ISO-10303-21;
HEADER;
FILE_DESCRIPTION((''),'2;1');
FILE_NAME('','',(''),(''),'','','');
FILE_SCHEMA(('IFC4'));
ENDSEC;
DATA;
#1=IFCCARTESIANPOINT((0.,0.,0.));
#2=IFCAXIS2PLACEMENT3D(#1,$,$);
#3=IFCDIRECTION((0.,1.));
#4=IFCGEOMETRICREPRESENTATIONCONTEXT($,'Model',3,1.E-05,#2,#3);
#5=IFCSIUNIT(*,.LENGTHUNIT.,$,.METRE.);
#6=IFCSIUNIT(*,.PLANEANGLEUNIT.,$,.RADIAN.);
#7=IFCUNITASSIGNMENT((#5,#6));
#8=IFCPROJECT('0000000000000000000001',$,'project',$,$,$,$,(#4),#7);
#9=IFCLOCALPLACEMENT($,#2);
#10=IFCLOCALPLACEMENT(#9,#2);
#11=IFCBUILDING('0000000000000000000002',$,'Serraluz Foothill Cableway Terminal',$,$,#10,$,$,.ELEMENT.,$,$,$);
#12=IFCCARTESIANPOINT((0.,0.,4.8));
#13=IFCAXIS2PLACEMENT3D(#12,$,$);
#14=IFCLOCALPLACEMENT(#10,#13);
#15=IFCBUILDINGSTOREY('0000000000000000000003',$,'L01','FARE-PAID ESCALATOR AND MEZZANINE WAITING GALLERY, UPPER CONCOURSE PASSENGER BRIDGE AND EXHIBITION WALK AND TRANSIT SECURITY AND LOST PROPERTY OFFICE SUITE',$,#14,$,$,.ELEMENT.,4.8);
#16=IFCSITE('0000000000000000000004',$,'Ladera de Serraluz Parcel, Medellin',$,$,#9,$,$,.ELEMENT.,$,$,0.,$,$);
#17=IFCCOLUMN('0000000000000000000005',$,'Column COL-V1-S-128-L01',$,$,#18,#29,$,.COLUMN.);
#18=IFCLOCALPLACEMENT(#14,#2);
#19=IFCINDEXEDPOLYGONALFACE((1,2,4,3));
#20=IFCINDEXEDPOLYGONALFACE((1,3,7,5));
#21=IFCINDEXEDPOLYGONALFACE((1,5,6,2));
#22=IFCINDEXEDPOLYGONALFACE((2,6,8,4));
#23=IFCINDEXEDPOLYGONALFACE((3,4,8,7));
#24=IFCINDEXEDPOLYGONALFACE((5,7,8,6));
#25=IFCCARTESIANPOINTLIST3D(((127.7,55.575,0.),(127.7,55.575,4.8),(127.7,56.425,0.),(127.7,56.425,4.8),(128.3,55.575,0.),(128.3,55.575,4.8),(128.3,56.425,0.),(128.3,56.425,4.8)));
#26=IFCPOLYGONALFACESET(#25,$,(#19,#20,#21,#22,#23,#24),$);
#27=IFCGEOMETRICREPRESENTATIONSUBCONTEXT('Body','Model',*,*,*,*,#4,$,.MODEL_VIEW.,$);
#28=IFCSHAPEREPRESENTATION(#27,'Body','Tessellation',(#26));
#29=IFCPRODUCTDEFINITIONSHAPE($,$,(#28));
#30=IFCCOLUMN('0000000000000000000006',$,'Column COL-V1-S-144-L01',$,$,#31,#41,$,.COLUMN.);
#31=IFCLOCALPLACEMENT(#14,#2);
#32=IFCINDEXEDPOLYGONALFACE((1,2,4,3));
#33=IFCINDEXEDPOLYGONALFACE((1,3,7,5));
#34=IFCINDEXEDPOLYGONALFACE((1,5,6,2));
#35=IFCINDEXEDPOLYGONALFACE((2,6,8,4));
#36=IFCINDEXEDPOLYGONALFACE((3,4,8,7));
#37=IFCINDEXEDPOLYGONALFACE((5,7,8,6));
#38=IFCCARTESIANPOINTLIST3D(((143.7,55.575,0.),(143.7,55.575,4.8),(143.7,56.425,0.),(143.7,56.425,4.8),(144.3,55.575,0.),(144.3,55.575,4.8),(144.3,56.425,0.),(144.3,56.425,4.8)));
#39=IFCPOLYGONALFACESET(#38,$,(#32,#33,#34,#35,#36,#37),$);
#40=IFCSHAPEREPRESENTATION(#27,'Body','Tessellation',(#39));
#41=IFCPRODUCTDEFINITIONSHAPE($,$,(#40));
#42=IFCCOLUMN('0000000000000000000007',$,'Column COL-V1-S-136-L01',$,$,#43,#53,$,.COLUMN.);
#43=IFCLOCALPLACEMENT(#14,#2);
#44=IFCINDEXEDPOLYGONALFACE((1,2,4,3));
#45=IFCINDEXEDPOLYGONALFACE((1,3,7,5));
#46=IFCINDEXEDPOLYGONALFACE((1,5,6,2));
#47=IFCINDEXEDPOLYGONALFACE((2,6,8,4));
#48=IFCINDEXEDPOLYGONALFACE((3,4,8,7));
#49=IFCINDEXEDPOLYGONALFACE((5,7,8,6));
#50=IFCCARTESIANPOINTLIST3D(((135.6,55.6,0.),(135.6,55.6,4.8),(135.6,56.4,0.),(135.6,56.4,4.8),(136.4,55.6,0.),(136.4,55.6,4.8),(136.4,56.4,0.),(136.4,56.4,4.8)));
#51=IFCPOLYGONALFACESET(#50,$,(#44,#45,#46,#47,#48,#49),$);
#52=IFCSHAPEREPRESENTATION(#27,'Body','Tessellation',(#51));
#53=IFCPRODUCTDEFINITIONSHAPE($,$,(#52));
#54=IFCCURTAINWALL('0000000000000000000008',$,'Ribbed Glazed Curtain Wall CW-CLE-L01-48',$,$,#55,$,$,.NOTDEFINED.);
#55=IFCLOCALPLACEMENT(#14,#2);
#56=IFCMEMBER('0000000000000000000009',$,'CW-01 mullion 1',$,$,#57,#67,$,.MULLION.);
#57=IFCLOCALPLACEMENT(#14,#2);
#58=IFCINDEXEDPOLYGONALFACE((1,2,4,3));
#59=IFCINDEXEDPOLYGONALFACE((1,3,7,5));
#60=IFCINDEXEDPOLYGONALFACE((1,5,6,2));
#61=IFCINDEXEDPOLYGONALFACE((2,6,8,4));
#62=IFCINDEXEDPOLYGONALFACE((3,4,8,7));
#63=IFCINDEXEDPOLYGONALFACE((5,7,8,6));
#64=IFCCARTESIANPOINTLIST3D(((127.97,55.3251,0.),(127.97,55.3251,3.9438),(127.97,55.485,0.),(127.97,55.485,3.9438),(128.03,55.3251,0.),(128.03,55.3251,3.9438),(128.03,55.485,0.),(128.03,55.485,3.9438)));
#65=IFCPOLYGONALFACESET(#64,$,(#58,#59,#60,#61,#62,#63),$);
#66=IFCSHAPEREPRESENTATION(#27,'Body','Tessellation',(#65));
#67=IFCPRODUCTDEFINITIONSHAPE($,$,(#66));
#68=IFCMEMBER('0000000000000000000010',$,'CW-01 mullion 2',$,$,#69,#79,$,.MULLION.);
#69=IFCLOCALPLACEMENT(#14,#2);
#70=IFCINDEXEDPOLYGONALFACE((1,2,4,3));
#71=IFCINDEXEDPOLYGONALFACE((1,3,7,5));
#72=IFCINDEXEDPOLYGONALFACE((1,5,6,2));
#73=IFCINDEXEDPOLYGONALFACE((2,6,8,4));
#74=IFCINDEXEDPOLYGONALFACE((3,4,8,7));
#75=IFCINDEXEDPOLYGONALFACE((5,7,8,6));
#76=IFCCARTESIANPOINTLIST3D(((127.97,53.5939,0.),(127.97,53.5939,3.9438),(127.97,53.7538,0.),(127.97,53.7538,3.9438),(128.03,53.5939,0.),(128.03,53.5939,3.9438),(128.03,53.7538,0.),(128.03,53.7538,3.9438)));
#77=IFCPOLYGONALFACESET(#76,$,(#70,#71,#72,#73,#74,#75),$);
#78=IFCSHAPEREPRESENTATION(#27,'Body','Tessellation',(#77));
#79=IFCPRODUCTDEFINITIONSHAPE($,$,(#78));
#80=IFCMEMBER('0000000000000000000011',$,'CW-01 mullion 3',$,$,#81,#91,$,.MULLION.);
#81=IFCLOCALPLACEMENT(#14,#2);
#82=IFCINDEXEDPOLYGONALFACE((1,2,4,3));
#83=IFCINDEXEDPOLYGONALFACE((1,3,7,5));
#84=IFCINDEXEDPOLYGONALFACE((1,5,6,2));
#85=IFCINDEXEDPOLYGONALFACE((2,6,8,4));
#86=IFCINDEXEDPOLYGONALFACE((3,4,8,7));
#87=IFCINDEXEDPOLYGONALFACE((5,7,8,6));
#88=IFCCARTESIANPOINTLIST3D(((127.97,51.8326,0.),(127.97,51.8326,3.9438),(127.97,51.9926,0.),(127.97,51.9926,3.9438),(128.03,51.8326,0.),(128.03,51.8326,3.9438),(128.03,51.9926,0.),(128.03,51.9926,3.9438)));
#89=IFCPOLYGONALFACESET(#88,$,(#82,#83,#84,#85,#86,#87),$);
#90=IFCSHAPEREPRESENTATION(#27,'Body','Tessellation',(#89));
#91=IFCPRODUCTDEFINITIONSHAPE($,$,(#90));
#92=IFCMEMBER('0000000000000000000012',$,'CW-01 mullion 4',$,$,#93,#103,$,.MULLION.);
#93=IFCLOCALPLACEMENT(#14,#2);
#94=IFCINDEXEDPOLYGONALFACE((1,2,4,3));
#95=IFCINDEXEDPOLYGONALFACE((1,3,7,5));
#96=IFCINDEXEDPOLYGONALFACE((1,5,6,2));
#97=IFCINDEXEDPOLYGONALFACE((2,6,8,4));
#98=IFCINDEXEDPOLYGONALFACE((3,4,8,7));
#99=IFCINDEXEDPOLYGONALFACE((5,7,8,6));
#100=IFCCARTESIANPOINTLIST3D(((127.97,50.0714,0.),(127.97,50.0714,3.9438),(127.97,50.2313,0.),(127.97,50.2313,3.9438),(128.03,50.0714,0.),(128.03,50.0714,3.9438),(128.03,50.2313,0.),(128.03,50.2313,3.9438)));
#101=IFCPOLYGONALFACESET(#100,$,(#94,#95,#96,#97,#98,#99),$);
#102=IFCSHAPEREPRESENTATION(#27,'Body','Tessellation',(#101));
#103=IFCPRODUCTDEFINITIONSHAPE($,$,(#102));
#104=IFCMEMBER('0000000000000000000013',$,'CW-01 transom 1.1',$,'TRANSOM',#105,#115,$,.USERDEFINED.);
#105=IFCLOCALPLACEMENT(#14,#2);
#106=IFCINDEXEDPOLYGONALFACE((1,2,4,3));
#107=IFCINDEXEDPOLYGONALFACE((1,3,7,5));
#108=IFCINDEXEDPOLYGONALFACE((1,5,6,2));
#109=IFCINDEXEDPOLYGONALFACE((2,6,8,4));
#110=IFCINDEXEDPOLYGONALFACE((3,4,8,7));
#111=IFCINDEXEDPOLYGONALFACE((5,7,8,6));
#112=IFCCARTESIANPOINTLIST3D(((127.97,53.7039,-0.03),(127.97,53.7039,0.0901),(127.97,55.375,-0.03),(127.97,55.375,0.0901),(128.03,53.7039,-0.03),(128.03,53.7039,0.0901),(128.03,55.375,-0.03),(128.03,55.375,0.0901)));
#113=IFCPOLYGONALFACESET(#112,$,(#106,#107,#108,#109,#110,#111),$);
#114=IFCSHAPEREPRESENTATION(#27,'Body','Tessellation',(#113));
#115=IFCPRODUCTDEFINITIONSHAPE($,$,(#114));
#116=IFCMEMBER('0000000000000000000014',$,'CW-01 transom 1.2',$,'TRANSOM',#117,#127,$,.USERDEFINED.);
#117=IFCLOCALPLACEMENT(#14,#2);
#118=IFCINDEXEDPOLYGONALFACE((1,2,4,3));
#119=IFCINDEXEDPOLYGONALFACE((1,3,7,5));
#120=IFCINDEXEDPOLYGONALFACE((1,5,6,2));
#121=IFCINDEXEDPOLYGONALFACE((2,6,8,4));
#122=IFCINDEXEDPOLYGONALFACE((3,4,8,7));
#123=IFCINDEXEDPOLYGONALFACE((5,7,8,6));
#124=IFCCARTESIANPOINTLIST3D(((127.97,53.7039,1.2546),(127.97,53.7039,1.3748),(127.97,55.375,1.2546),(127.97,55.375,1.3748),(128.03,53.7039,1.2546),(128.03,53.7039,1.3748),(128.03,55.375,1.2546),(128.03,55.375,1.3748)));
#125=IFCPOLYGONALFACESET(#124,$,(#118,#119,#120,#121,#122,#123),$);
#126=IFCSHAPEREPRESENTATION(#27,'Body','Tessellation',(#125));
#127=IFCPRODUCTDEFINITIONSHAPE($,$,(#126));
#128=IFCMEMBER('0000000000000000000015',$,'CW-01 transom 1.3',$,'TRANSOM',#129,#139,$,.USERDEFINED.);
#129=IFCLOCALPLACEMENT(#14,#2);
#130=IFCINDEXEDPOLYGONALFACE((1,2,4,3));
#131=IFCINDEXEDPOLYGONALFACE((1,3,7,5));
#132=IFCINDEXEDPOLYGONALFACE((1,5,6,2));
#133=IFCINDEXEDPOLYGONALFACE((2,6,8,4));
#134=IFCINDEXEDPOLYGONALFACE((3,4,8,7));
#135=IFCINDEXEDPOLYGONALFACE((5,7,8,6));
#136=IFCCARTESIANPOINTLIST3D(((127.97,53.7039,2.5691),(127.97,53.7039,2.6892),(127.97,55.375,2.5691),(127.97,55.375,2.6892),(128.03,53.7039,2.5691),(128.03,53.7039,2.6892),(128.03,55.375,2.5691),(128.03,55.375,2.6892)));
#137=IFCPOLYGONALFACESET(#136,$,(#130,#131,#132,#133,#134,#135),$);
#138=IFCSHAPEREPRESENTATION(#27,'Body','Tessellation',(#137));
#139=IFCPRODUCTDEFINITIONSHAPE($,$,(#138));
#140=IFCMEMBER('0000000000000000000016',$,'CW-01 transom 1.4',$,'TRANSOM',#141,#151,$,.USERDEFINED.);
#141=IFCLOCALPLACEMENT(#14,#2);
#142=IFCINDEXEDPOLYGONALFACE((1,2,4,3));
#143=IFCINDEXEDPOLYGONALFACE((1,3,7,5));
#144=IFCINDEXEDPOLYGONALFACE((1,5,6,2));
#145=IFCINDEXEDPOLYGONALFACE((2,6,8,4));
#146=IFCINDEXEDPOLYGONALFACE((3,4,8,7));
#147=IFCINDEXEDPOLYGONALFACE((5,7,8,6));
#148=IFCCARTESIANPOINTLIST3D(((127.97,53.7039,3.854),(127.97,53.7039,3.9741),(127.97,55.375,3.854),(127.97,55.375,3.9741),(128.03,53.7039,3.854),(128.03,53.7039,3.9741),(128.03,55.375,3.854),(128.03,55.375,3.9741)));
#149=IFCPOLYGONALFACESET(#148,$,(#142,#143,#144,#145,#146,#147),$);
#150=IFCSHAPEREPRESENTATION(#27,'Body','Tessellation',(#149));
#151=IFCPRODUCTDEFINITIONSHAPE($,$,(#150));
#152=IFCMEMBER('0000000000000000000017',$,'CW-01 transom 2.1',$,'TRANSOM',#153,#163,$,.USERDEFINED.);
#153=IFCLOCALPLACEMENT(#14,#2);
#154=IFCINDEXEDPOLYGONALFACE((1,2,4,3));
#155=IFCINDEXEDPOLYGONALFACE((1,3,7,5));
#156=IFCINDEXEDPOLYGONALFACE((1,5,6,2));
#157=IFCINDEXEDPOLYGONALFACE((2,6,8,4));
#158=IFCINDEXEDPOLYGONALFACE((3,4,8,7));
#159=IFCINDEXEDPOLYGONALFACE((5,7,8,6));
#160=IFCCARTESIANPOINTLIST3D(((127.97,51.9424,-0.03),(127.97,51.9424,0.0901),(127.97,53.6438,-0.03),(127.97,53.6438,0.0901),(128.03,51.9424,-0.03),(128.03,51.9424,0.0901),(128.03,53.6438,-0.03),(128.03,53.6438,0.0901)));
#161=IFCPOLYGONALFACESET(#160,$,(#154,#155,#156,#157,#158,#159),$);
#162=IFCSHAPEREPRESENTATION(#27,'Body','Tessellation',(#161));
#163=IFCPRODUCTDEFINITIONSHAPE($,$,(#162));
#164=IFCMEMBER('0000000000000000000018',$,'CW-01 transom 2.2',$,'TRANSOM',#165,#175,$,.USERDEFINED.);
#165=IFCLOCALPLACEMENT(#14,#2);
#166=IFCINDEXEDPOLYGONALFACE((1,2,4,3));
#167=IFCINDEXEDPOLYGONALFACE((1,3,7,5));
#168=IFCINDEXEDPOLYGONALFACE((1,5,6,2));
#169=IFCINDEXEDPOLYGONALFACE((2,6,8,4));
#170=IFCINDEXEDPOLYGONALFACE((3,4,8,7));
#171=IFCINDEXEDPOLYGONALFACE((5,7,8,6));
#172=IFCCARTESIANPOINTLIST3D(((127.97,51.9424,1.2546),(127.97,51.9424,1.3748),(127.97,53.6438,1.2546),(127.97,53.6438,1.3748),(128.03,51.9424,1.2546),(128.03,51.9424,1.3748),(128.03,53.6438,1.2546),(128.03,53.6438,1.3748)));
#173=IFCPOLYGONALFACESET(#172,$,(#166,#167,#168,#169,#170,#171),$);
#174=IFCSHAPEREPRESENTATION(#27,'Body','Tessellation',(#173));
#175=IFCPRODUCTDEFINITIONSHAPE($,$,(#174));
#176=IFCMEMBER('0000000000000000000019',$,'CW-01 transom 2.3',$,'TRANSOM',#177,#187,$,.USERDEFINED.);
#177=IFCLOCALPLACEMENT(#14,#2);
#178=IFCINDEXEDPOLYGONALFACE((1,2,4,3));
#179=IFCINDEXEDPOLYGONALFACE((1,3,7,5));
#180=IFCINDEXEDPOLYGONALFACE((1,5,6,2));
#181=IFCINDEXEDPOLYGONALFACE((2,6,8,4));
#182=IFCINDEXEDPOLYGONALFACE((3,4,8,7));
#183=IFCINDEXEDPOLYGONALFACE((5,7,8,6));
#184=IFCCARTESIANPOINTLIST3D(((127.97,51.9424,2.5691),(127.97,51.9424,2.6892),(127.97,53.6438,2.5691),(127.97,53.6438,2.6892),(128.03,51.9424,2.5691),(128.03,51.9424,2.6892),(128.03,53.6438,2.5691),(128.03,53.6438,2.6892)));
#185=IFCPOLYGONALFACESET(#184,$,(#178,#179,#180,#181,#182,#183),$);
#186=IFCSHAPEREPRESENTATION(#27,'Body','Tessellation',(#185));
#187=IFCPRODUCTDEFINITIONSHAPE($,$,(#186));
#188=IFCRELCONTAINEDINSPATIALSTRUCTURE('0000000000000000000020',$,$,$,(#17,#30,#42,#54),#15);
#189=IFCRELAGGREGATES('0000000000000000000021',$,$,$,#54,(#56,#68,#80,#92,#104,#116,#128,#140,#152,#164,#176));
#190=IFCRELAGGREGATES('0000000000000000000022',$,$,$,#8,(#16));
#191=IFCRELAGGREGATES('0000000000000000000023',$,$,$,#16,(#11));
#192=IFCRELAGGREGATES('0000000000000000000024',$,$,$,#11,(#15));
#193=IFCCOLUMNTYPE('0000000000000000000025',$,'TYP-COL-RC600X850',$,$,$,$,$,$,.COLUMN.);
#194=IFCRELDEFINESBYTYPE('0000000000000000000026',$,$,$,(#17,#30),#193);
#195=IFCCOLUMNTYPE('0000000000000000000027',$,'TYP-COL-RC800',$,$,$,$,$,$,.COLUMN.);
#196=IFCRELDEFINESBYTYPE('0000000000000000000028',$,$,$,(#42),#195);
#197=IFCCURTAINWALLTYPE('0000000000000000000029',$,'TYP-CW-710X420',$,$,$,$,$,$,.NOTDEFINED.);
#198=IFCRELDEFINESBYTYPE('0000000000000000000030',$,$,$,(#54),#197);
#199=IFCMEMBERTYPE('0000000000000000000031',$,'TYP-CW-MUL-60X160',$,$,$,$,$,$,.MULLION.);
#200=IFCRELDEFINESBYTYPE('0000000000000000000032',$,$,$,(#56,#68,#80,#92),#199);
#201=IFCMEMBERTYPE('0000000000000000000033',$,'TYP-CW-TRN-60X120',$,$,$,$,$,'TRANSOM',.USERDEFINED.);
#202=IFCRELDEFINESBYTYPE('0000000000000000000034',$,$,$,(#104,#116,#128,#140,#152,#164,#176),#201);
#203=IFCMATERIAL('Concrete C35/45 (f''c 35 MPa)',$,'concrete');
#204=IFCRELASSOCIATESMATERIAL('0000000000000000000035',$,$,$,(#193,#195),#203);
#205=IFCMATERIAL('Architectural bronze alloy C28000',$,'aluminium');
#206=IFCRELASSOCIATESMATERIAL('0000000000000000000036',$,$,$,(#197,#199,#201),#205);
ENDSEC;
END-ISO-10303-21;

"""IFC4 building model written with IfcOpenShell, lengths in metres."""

from ifc_helpers import new_model, si_unit, direction, frame, origin, origin_2d, place, context, subcontext, project, spatial, rectangle, extrude, material, material_profile, profile_set, type_object, element, aggregate, save


model = new_model("IFC4")

# Units and contexts
model_context = context("Model", 3, precision=1e-05, world=origin(), true_north=direction((0.0, 1.0)))
body_context = subcontext(model_context, "Body", "Model", "MODEL_VIEW")
ifc_project = project(units=[si_unit("LENGTHUNIT", "METRE"), si_unit("PLANEANGLEUNIT", "RADIAN")], contexts=[model_context])

# Site, building, storey
site_placement = place(None, origin())
site = spatial("IfcSite", under=ifc_project, at=site_placement, Name="Ladera de Serraluz Parcel, Medellin", CompositionType="ELEMENT", RefElevation=0.0)
building_placement = place(site_placement, origin())
building = spatial("IfcBuilding", under=site, at=building_placement, Name="Serraluz Foothill Cableway Terminal", CompositionType="ELEMENT")
storey_placement = place(building_placement, frame((0.0, 0.0, 4.8)))
storey = spatial("IfcBuildingStorey", under=building, at=storey_placement, Name="L01", Description="FARE-PAID ESCALATOR AND MEZZANINE WAITING GALLERY, UPPER CONCOURSE PASSENGER BRIDGE AND EXHIBITION WALK AND TRANSIT SECURITY AND LOST PROPERTY OFFICE SUITE", CompositionType="ELEMENT", Elevation=4.8)

# Columns
ifc_material_1 = material(Name="Concrete C35/45 (f'c 35 MPa)", Category="concrete")
ifc_material_profile_1 = material_profile(ifc_material_1, rectangle(XDim=0.6001, YDim=0.8501, at=origin_2d()), Name="RC 600x850")
ifc_profile_set_1 = profile_set([ifc_material_profile_1], Name="Concrete C35/45 (f'c 35 MPa)")
column_type_1 = type_object("IfcColumnType", Name="TYP-COL-RC600X850", PredefinedType="COLUMN", material=ifc_profile_set_1)
for number, where, z_axis, x_axis, name in (
    (1, (128.0, 56.0, 0.0), (0.0, 0.0, 1.0), (1.0, 0.0, 0.0), "Column COL-V1-S-128-L01"),
    (2, (144.0, 56.0, 0.0), (0.0, 0.0, 1.0), (1.0, 0.0, 0.0), "Column COL-V1-S-144-L01"),
):
    element("IfcColumn", number, at=place(storey_placement, frame(where, z_axis=z_axis, x_axis=x_axis)), inside=storey, type_object=column_type_1, Name=name, PredefinedType="COLUMN", context=body_context, shape_type="SweptSolid", body=[
        extrude(rectangle(XDim=0.6001, YDim=0.8501, at=origin_2d()), origin(), (0.0, 0.0, 1.0), 4.8),
    ])
ifc_material_profile_2 = material_profile(ifc_material_1, rectangle(XDim=0.8, YDim=0.8, at=origin_2d()), Name="RC 800x800")
ifc_profile_set_2 = profile_set([ifc_material_profile_2], Name="Concrete C35/45 (f'c 35 MPa)")
column_type_2 = type_object("IfcColumnType", Name="TYP-COL-RC800", PredefinedType="COLUMN", material=ifc_profile_set_2)
column_placement = place(storey_placement, frame((136.0, 56.0, 0.0), z_axis=(0.0, 0.0, 1.0), x_axis=(1.0, 0.0, 0.0)))
element("IfcColumn", 3, at=column_placement, inside=storey, type_object=column_type_2, Name="Column COL-V1-S-136-L01", PredefinedType="COLUMN", context=body_context, shape_type="SweptSolid", body=[
    extrude(rectangle(XDim=0.8, YDim=0.8, at=origin_2d()), origin(), (0.0, 0.0, 1.0), 4.8),
])

# Curtain wall, members
ifc_material_2 = material(Name="Architectural bronze alloy C28000", Category="aluminium")
curtain_wall_type = type_object("IfcCurtainWallType", Name="TYP-CW-710X420", PredefinedType="NOTDEFINED", material=ifc_material_2)
curtain_wall_placement = place(storey_placement, origin())
curtain_wall = element("IfcCurtainWall", 4, at=curtain_wall_placement, inside=storey, type_object=curtain_wall_type, Name="Ribbed Glazed Curtain Wall CW-CLE-L01-48", PredefinedType="NOTDEFINED")
ifc_material_profile_3 = material_profile(ifc_material_2, rectangle(XDim=0.0601, YDim=0.1599, at=origin_2d()), Name="ALU MULLION 60x160")
ifc_profile_set_3 = profile_set([ifc_material_profile_3], Name="Architectural bronze alloy C28000")
member_type_1 = type_object("IfcMemberType", Name="TYP-CW-MUL-60X160", PredefinedType="MULLION", material=ifc_profile_set_3)
member_1_placement = place(storey_placement, frame((128.0, 55.405, 0.0), z_axis=(0.0, 0.0, 1.0), x_axis=(1.0, 0.0, 0.0)))
member_1 = element("IfcMember", 5, at=member_1_placement, type_object=member_type_1, Name="CW-01 mullion 1", PredefinedType="MULLION", context=body_context, shape_type="SweptSolid", body=[
    extrude(rectangle(XDim=0.0601, YDim=0.1599, at=origin_2d()), origin(), (0.0, 0.0, 1.0), 3.9438),
])
member_2_placement = place(storey_placement, frame((128.0, 53.6738, 0.0), z_axis=(0.0, 0.0, 1.0), x_axis=(1.0, 0.0, 0.0)))
member_2 = element("IfcMember", 6, at=member_2_placement, type_object=member_type_1, Name="CW-01 mullion 2", PredefinedType="MULLION", context=body_context, shape_type="SweptSolid", body=[
    extrude(rectangle(XDim=0.0601, YDim=0.1599, at=origin_2d()), origin(), (0.0, 0.0, 1.0), 3.9438),
])
member_3_placement = place(storey_placement, frame((128.0, 51.9126, 0.0), z_axis=(0.0, 0.0, 1.0), x_axis=(1.0, 0.0, 0.0)))
member_3 = element("IfcMember", 7, at=member_3_placement, type_object=member_type_1, Name="CW-01 mullion 3", PredefinedType="MULLION", context=body_context, shape_type="SweptSolid", body=[
    extrude(rectangle(XDim=0.0601, YDim=0.1599, at=origin_2d()), origin(), (0.0, 0.0, 1.0), 3.9438),
])
member_4_placement = place(storey_placement, frame((128.0, 50.1514, 0.0), z_axis=(0.0, 0.0, 1.0), x_axis=(1.0, 0.0, 0.0)))
member_4 = element("IfcMember", 8, at=member_4_placement, type_object=member_type_1, Name="CW-01 mullion 4", PredefinedType="MULLION", context=body_context, shape_type="SweptSolid", body=[
    extrude(rectangle(XDim=0.0601, YDim=0.1599, at=origin_2d()), origin(), (0.0, 0.0, 1.0), 3.9438),
])
ifc_material_profile_4 = material_profile(ifc_material_2, rectangle(XDim=0.0601, YDim=0.1201, at=origin_2d()), Name="ALU TRANSOM 60x120")
ifc_profile_set_4 = profile_set([ifc_material_profile_4], Name="Architectural bronze alloy C28000")
member_type_2 = type_object("IfcMemberType", Name="TYP-CW-TRN-60X120", ElementType="TRANSOM", PredefinedType="USERDEFINED", material=ifc_profile_set_4)
member_5_placement = place(storey_placement, frame((128.0, 55.375, 0.03), z_axis=(0.0, -1.0, 0.0), x_axis=(1.0, 0.0, 0.0)))
member_5 = element("IfcMember", 9, at=member_5_placement, type_object=member_type_2, Name="CW-01 transom 1.1", ObjectType="TRANSOM", PredefinedType="USERDEFINED", context=body_context, shape_type="SweptSolid", body=[
    extrude(rectangle(XDim=0.0601, YDim=0.1201, at=origin_2d()), origin(), (0.0, 0.0, 1.0), 1.6711),
])
member_6_placement = place(storey_placement, frame((128.0, 55.375, 1.3147), z_axis=(0.0, -1.0, 0.0), x_axis=(1.0, 0.0, 0.0)))
member_6 = element("IfcMember", 10, at=member_6_placement, type_object=member_type_2, Name="CW-01 transom 1.2", ObjectType="TRANSOM", PredefinedType="USERDEFINED", context=body_context, shape_type="SweptSolid", body=[
    extrude(rectangle(XDim=0.0601, YDim=0.1201, at=origin_2d()), origin(), (0.0, 0.0, 1.0), 1.6711),
])
member_7_placement = place(storey_placement, frame((128.0, 55.375, 2.6292), z_axis=(0.0, -1.0, 0.0), x_axis=(1.0, 0.0, 0.0)))
member_7 = element("IfcMember", 11, at=member_7_placement, type_object=member_type_2, Name="CW-01 transom 1.3", ObjectType="TRANSOM", PredefinedType="USERDEFINED", context=body_context, shape_type="SweptSolid", body=[
    extrude(rectangle(XDim=0.0601, YDim=0.1201, at=origin_2d()), origin(), (0.0, 0.0, 1.0), 1.6711),
])
member_8_placement = place(storey_placement, frame((128.0, 55.375, 3.9141), z_axis=(0.0, -1.0, 0.0), x_axis=(1.0, 0.0, 0.0)))
member_8 = element("IfcMember", 12, at=member_8_placement, type_object=member_type_2, Name="CW-01 transom 1.4", ObjectType="TRANSOM", PredefinedType="USERDEFINED", context=body_context, shape_type="SweptSolid", body=[
    extrude(rectangle(XDim=0.0601, YDim=0.1201, at=origin_2d()), origin(), (0.0, 0.0, 1.0), 1.6711),
])
member_9_placement = place(storey_placement, frame((128.0, 53.6438, 0.03), z_axis=(0.0, -1.0, 0.0), x_axis=(1.0, 0.0, 0.0)))
member_9 = element("IfcMember", 13, at=member_9_placement, type_object=member_type_2, Name="CW-01 transom 2.1", ObjectType="TRANSOM", PredefinedType="USERDEFINED", context=body_context, shape_type="SweptSolid", body=[
    extrude(rectangle(XDim=0.0601, YDim=0.1201, at=origin_2d()), origin(), (0.0, 0.0, 1.0), 1.7014),
])
member_10_placement = place(storey_placement, frame((128.0, 53.6438, 1.3147), z_axis=(0.0, -1.0, 0.0), x_axis=(1.0, 0.0, 0.0)))
member_10 = element("IfcMember", 14, at=member_10_placement, type_object=member_type_2, Name="CW-01 transom 2.2", ObjectType="TRANSOM", PredefinedType="USERDEFINED", context=body_context, shape_type="SweptSolid", body=[
    extrude(rectangle(XDim=0.0601, YDim=0.1201, at=origin_2d()), origin(), (0.0, 0.0, 1.0), 1.7014),
])
member_11_placement = place(storey_placement, frame((128.0, 53.6438, 2.6292), z_axis=(0.0, -1.0, 0.0), x_axis=(1.0, 0.0, 0.0)))
member_11 = element("IfcMember", 15, at=member_11_placement, type_object=member_type_2, Name="CW-01 transom 2.3", ObjectType="TRANSOM", PredefinedType="USERDEFINED", context=body_context, shape_type="SweptSolid", body=[
    extrude(rectangle(XDim=0.0601, YDim=0.1201, at=origin_2d()), origin(), (0.0, 0.0, 1.0), 1.7014),
])

aggregate(curtain_wall, [member_1, member_2, member_3, member_4, member_5, member_6, member_7, member_8, member_9, member_10, member_11])

save(model, "model.ifc")
